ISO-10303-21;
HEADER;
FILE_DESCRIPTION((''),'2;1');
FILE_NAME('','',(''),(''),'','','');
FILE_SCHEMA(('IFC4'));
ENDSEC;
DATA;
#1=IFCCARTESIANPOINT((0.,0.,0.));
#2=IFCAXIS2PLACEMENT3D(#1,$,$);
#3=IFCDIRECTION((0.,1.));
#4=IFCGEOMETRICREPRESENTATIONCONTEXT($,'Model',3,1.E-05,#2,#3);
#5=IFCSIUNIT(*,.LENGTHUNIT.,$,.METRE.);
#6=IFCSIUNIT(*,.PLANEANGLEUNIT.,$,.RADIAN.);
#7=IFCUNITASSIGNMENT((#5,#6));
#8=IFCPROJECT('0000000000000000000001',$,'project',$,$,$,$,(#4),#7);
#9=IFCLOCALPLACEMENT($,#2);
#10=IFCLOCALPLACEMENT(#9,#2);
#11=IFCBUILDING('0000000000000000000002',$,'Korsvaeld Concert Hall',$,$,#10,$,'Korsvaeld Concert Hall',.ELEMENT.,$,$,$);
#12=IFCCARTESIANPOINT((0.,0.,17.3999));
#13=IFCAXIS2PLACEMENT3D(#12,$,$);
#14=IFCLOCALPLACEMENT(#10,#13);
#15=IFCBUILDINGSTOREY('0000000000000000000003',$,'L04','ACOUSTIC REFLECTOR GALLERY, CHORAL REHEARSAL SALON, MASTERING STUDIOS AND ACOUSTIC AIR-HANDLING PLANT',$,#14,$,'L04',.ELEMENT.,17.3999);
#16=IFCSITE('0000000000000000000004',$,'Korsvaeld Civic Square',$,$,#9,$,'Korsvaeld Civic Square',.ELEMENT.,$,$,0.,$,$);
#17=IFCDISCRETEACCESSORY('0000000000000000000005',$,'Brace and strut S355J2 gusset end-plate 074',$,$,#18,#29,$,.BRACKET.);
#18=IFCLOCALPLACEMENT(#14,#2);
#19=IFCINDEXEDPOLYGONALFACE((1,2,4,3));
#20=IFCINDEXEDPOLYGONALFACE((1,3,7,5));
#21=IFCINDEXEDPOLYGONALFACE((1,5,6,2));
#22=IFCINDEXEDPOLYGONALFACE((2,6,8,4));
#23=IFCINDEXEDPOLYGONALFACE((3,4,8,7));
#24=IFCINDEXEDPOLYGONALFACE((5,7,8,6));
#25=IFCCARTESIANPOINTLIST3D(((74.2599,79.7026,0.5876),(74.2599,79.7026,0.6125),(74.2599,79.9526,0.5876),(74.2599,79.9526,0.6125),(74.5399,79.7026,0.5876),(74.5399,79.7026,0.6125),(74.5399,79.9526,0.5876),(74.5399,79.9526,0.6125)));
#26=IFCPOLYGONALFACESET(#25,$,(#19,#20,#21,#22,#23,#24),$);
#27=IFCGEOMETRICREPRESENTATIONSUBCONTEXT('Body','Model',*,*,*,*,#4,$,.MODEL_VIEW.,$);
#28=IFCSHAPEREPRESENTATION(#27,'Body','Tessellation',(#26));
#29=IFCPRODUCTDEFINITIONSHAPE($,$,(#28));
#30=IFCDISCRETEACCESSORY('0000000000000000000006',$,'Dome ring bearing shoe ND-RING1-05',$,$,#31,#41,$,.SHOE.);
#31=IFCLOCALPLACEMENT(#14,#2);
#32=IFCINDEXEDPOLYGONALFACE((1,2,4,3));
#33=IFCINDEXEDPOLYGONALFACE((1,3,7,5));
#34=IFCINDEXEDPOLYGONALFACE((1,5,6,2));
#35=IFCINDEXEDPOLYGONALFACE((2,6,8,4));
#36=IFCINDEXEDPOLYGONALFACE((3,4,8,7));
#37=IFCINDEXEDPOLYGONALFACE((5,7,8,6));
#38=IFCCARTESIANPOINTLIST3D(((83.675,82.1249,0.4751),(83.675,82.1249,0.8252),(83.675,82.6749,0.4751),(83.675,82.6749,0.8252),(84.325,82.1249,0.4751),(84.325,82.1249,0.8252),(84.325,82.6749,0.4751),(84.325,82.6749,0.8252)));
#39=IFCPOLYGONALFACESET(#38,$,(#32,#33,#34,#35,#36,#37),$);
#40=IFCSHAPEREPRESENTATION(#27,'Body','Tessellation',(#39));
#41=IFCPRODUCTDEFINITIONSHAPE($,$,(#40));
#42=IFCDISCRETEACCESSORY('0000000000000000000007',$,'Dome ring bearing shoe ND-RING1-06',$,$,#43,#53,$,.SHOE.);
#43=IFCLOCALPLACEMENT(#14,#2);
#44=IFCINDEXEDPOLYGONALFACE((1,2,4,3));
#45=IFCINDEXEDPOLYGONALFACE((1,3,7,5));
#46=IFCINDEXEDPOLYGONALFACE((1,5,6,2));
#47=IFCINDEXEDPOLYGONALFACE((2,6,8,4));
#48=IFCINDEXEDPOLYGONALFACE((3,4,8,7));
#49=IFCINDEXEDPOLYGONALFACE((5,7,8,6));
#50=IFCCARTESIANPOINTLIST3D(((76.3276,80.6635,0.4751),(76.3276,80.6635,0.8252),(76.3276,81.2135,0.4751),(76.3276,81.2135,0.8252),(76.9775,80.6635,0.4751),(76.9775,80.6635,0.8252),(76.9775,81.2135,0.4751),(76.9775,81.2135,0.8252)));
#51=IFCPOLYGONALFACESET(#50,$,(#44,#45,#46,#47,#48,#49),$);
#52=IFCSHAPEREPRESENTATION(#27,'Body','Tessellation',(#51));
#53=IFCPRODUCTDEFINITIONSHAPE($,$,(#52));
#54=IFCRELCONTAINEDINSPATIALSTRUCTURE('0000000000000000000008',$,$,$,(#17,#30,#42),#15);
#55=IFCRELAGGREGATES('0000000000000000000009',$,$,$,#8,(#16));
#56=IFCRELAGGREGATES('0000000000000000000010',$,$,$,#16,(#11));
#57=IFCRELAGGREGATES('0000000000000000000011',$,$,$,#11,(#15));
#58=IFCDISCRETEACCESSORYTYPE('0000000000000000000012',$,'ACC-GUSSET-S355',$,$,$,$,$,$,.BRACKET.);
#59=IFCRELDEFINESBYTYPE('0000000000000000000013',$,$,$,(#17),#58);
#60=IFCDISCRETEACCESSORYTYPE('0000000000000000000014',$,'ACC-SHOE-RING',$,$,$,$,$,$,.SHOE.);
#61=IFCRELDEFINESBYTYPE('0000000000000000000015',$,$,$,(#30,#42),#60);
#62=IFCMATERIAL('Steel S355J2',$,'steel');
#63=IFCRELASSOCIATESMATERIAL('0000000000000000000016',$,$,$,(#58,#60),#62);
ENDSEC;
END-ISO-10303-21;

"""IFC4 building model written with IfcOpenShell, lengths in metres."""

from ifc_helpers import new_model, si_unit, direction, frame, origin, origin_2d, place, context, subcontext, project, spatial, rectangle, extrude, material, type_object, element, save


model = new_model("IFC4")

# Units and contexts
model_context = context("Model", 3, precision=1e-05, world=origin(), true_north=direction((0.0, 1.0)))
body_context = subcontext(model_context, "Body", "Model", "MODEL_VIEW")
ifc_project = project(units=[si_unit("LENGTHUNIT", "METRE"), si_unit("PLANEANGLEUNIT", "RADIAN")], contexts=[model_context])

# Site, building, storey
site_placement = place(None, origin())
site = spatial("IfcSite", under=ifc_project, at=site_placement, Name="Korsvaeld Civic Square", LongName="Korsvaeld Civic Square", CompositionType="ELEMENT", RefElevation=0.0)
building_placement = place(site_placement, origin())
building = spatial("IfcBuilding", under=site, at=building_placement, Name="Korsvaeld Concert Hall", LongName="Korsvaeld Concert Hall", CompositionType="ELEMENT")
storey_placement = place(building_placement, frame((0.0, 0.0, 17.3999)))
storey = spatial("IfcBuildingStorey", under=building, at=storey_placement, Name="L04", Description="ACOUSTIC REFLECTOR GALLERY, CHORAL REHEARSAL SALON, MASTERING STUDIOS AND ACOUSTIC AIR-HANDLING PLANT", LongName="L04", CompositionType="ELEMENT", Elevation=17.3999)

# Shared definitions
ifc_material_1 = material(Name="Steel S355J2", Category="steel")

# Discrete accessories
discrete_accessory_type_1 = type_object("IfcDiscreteAccessoryType", Name="ACC-GUSSET-S355", PredefinedType="BRACKET", material=ifc_material_1)
discrete_accessory_placement = place(storey_placement, frame((74.3999, 79.8276, 0.5876), z_axis=(0.0, 0.0, 1.0), x_axis=(1.0, 0.0, 0.0)))
element("IfcDiscreteAccessory", 1, at=discrete_accessory_placement, inside=storey, type_object=discrete_accessory_type_1, Name="Brace and strut S355J2 gusset end-plate 074", PredefinedType="BRACKET", context=body_context, shape_type="SweptSolid", body=[
    extrude(rectangle(XDim=0.28, YDim=0.25, at=origin_2d()), origin(), (0.0, 0.0, 1.0), 0.0249),
])
discrete_accessory_type_2 = type_object("IfcDiscreteAccessoryType", Name="ACC-SHOE-RING", PredefinedType="SHOE", material=ifc_material_1)
for number, where, z_axis, x_axis, name in (
    (2, (84.0, 82.3999, 0.4751), (0.0, 0.0, 1.0), (1.0, 0.0, 0.0), "Dome ring bearing shoe ND-RING1-05"),
    (3, (76.6526, 80.9385, 0.4751), (0.0, 0.0, 1.0), (1.0, 0.0, 0.0), "Dome ring bearing shoe ND-RING1-06"),
):
    element("IfcDiscreteAccessory", number, at=place(storey_placement, frame(where, z_axis=z_axis, x_axis=x_axis)), inside=storey, type_object=discrete_accessory_type_2, Name=name, PredefinedType="SHOE", context=body_context, shape_type="SweptSolid", body=[
        extrude(rectangle(XDim=0.6499, YDim=0.55, at=origin_2d()), origin(), (0.0, 0.0, 1.0), 0.3501),
    ])

save(model, "model.ifc")
